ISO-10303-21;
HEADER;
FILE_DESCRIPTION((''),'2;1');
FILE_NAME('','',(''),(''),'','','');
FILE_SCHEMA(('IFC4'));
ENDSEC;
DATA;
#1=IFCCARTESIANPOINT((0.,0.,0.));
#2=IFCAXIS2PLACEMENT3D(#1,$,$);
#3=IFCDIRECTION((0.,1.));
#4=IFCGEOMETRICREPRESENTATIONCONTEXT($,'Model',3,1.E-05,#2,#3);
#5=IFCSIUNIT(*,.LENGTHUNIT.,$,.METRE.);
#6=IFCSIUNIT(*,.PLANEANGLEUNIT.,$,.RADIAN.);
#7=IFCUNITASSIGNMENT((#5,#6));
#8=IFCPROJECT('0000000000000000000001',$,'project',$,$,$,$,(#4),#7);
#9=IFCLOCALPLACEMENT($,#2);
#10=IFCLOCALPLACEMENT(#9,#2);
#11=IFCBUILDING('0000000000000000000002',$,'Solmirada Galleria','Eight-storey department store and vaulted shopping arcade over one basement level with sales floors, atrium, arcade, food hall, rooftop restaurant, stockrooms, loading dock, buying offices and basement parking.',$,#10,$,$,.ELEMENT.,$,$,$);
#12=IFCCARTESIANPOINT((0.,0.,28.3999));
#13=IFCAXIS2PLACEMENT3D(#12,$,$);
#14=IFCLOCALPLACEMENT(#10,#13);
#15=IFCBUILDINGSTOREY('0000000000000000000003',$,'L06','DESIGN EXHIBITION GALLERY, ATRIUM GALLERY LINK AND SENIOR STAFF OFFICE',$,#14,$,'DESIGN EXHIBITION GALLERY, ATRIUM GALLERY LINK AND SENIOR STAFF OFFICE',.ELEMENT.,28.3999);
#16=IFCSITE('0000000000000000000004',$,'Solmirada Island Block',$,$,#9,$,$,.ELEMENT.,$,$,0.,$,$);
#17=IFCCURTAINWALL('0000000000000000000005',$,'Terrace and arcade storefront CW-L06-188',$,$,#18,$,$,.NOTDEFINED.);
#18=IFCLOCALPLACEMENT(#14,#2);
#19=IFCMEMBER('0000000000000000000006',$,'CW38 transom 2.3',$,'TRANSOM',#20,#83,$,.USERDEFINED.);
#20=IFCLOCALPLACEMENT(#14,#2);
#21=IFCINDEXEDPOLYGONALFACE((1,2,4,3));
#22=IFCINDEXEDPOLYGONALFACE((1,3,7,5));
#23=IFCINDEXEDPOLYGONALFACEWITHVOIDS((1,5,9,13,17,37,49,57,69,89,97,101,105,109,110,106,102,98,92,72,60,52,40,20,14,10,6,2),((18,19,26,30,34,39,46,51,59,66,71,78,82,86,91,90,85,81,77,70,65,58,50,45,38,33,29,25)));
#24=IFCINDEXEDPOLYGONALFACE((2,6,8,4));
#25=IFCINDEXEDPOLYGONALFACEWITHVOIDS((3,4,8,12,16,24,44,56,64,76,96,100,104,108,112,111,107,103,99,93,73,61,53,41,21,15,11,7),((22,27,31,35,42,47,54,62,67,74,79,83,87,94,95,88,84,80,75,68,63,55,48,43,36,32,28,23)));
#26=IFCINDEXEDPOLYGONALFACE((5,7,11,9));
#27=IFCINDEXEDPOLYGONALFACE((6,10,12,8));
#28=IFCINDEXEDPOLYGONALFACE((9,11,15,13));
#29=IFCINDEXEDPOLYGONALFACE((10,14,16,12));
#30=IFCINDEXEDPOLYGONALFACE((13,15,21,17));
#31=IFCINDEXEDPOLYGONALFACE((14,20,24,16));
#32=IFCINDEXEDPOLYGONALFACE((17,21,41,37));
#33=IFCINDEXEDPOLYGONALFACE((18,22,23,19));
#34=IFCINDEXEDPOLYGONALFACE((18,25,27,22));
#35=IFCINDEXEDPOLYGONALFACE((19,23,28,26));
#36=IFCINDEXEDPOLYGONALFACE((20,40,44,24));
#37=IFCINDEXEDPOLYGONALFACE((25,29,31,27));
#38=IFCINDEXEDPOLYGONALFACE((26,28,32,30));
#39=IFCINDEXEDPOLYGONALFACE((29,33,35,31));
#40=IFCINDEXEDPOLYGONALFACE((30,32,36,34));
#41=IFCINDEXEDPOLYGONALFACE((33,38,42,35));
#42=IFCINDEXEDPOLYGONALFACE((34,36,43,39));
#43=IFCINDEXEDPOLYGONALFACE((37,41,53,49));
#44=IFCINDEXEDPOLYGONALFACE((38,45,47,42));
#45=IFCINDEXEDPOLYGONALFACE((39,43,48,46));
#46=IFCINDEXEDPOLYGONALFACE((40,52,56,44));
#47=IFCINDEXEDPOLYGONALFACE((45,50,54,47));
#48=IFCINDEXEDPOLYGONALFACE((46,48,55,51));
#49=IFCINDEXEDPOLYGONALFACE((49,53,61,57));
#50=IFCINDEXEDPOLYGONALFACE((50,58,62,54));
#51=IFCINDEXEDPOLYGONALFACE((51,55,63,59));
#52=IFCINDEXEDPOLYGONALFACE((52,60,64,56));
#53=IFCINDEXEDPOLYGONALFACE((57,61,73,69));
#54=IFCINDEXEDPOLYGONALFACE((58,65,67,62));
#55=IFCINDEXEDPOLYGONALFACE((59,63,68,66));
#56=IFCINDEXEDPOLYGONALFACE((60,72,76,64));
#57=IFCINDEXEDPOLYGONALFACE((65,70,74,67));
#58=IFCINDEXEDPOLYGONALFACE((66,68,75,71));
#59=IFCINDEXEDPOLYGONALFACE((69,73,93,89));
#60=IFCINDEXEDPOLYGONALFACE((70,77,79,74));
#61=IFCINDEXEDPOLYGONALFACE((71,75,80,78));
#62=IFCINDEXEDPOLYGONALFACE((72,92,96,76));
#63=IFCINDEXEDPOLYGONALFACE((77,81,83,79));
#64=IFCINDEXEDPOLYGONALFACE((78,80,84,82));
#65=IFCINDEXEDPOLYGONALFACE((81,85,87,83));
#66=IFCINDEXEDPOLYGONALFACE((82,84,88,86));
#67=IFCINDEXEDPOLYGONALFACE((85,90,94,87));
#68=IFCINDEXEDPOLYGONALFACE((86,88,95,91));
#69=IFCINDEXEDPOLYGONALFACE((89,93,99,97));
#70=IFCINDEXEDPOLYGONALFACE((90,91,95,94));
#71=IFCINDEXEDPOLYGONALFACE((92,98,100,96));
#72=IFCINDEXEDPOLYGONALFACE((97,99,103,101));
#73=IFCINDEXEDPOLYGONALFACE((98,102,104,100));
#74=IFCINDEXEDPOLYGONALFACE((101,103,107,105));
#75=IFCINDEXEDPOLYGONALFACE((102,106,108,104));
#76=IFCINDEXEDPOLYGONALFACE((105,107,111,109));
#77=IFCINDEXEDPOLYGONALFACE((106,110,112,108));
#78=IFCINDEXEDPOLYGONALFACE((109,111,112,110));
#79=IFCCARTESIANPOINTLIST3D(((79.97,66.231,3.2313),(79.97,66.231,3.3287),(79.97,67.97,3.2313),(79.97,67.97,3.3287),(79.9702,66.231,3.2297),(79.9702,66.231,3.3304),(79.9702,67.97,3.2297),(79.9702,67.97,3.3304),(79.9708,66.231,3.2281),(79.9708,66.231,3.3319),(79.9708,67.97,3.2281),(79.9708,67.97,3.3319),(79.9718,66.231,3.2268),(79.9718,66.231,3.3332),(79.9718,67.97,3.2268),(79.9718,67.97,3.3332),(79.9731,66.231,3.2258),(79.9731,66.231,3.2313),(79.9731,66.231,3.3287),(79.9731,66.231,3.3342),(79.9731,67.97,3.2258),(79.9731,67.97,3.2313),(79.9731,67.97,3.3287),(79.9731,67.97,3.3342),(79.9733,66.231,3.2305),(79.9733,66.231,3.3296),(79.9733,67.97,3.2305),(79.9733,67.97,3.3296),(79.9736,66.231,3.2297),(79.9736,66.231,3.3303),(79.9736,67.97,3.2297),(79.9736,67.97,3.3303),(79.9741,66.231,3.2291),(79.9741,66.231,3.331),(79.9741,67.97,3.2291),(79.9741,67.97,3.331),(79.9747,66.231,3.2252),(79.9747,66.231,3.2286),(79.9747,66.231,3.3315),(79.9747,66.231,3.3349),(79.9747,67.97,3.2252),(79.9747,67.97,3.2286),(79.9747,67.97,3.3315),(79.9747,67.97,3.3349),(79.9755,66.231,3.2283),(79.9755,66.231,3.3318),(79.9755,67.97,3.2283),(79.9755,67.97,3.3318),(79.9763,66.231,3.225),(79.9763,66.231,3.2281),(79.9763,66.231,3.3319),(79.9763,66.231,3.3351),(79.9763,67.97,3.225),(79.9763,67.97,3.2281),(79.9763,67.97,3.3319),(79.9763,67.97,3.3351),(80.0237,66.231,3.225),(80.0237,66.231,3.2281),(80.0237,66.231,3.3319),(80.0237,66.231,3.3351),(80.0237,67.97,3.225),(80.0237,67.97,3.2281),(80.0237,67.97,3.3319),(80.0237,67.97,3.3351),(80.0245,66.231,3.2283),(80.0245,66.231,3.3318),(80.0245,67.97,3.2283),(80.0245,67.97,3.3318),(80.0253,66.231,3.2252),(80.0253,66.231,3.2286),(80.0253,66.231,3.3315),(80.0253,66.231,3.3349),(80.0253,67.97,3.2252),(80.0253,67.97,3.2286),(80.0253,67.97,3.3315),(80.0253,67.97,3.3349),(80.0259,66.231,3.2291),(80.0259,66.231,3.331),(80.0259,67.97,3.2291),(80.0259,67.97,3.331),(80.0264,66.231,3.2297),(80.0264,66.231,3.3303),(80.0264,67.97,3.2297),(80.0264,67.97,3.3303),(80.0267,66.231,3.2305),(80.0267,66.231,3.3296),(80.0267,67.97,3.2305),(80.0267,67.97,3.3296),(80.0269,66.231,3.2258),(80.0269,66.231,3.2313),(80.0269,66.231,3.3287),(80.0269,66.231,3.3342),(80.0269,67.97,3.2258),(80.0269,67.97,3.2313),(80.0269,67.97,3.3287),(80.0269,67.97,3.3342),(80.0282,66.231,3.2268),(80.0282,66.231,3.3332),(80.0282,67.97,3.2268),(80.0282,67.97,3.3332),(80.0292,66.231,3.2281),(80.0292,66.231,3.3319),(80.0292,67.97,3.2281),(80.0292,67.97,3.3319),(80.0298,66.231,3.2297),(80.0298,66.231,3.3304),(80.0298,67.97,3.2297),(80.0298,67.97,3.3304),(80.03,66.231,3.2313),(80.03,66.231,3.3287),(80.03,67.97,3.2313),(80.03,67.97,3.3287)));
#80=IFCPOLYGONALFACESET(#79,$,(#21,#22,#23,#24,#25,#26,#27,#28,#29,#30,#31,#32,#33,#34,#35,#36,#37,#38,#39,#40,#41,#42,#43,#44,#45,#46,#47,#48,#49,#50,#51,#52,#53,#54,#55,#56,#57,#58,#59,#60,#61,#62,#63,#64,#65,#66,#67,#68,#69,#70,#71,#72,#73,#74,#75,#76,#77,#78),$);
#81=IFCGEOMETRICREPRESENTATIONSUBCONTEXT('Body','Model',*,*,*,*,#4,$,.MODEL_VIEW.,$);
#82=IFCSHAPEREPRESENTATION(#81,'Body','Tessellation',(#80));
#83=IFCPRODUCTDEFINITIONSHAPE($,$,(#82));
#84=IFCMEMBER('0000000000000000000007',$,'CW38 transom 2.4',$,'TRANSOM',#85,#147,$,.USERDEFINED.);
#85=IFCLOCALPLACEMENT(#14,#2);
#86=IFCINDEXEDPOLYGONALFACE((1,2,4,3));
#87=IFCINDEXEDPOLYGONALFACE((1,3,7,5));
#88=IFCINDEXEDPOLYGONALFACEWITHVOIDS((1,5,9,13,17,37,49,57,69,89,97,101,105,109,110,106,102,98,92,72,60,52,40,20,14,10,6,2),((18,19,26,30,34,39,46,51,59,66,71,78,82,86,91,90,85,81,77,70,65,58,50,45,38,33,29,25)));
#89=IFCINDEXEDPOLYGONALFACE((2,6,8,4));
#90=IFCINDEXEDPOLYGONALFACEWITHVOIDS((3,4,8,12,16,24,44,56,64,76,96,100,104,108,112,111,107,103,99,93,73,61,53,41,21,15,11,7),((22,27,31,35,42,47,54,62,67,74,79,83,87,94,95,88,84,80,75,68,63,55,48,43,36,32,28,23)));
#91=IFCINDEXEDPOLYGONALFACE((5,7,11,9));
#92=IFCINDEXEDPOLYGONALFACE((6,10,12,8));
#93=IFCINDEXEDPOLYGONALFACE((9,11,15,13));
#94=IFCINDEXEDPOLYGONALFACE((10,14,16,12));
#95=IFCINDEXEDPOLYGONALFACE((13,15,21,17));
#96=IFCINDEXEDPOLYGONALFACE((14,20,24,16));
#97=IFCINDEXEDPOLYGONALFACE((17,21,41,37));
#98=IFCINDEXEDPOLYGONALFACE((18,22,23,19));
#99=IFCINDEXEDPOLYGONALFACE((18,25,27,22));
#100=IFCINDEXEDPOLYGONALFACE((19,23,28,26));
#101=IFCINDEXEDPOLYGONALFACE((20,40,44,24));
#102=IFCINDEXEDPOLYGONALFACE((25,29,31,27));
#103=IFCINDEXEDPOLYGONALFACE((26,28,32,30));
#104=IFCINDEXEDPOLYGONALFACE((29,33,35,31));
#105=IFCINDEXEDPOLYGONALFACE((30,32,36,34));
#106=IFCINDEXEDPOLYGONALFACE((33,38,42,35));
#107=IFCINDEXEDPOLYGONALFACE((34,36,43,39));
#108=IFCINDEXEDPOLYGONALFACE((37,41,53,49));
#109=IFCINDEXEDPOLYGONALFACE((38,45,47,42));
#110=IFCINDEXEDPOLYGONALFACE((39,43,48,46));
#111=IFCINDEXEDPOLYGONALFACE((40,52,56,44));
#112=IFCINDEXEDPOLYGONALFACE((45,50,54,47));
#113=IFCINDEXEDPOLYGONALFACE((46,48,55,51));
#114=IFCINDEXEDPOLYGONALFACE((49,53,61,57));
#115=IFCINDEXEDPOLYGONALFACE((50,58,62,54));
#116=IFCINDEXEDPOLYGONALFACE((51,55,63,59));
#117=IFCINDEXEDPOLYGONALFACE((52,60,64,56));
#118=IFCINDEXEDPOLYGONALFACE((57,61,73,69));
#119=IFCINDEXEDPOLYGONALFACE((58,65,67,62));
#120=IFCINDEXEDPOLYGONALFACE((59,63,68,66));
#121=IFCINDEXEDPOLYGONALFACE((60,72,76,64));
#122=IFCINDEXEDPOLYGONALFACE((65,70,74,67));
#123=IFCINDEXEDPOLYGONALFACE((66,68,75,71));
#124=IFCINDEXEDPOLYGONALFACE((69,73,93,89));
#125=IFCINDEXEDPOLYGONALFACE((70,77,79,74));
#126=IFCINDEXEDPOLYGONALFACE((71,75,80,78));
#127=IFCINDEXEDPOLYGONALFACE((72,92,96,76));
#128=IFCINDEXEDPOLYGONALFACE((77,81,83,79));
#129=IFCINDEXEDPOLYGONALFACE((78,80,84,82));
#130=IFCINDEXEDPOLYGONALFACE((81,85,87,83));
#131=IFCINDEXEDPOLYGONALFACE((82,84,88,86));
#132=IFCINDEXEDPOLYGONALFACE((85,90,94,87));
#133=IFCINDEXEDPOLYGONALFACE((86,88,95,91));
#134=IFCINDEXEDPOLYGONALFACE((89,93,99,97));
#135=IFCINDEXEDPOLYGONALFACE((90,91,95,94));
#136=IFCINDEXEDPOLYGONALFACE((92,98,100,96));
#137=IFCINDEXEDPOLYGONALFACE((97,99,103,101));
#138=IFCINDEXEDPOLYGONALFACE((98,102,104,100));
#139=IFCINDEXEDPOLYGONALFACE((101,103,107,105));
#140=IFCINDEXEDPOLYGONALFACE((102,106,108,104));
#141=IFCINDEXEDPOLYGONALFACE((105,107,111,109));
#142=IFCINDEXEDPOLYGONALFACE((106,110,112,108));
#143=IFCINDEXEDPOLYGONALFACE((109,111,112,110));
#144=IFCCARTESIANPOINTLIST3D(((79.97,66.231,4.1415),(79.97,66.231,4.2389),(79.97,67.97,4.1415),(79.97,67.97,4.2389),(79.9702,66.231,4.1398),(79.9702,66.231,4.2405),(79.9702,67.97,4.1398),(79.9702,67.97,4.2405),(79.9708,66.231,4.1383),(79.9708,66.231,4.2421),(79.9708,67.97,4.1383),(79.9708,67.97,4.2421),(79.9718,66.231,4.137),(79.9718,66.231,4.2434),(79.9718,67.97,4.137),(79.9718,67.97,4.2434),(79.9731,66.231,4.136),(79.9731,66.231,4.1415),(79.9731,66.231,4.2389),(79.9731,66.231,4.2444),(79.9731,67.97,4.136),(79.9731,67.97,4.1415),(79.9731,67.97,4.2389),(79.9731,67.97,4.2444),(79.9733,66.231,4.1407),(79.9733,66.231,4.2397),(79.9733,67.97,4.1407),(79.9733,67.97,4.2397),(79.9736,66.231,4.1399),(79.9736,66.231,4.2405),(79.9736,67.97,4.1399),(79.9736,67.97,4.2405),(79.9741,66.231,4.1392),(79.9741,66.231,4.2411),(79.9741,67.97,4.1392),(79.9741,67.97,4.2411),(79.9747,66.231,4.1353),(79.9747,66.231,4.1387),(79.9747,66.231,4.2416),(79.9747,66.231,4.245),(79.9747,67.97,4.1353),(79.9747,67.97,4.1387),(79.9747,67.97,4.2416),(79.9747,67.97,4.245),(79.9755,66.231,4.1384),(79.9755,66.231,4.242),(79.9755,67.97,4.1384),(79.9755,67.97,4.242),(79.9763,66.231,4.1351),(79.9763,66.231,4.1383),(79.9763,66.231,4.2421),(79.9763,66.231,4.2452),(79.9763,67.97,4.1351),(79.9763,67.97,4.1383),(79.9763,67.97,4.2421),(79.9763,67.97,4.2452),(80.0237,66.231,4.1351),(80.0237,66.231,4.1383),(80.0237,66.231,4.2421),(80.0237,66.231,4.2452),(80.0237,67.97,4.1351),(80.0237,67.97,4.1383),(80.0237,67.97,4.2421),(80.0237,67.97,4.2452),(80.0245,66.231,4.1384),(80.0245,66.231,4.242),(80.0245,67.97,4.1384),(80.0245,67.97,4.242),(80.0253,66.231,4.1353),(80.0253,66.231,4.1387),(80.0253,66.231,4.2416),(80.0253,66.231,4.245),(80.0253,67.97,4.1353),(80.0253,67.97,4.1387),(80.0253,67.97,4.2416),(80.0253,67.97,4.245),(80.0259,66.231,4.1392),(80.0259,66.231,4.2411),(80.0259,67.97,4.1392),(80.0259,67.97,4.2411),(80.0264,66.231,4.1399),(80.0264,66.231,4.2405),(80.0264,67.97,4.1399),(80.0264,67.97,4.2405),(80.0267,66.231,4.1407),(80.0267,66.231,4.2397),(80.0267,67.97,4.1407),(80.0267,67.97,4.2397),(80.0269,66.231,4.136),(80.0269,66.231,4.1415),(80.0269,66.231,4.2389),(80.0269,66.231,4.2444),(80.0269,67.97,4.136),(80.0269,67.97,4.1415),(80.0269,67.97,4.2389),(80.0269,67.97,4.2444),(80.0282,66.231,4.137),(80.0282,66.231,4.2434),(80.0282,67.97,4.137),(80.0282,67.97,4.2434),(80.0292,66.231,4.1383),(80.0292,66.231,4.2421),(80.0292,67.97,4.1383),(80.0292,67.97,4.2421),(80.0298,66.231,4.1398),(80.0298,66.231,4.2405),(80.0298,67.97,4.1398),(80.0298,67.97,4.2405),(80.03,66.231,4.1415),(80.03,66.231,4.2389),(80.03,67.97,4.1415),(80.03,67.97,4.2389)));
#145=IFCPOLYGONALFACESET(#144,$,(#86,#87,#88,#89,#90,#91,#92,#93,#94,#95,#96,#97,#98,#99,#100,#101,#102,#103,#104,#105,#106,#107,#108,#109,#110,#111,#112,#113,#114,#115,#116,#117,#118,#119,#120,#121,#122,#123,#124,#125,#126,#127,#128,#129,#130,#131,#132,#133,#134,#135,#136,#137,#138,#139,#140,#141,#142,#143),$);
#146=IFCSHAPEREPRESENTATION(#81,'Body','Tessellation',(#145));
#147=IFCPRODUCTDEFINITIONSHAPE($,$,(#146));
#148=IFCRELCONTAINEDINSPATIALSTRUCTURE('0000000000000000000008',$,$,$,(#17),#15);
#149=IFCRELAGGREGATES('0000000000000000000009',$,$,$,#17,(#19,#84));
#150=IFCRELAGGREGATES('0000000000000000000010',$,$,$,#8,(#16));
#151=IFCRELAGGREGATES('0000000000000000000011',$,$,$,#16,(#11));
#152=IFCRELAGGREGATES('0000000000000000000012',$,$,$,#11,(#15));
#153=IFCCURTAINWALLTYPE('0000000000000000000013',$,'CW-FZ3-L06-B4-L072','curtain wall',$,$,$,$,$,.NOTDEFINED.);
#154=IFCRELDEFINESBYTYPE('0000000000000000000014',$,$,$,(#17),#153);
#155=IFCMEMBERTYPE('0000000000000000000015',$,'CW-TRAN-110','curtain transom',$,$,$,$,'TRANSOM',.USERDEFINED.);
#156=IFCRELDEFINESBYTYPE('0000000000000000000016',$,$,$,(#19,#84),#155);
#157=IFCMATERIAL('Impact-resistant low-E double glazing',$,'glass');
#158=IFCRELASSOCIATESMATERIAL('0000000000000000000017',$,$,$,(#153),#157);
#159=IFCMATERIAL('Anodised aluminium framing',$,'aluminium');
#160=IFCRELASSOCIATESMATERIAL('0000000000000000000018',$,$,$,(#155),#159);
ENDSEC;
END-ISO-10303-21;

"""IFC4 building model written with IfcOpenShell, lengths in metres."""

from ifc_helpers import new_model, si_unit, direction, frame, origin, origin_2d, place, context, subcontext, project, spatial, hollow_rectangle, extrude, material, material_profile, profile_set, type_object, element, aggregate, save


model = new_model("IFC4")

# Units and contexts
model_context = context("Model", 3, precision=1e-05, world=origin(), true_north=direction((0.0, 1.0)))
body_context = subcontext(model_context, "Body", "Model", "MODEL_VIEW")
ifc_project = project(units=[si_unit("LENGTHUNIT", "METRE"), si_unit("PLANEANGLEUNIT", "RADIAN")], contexts=[model_context])

# Site, building, storey
site_placement = place(None, origin())
site = spatial("IfcSite", under=ifc_project, at=site_placement, Name="Solmirada Island Block", CompositionType="ELEMENT", RefElevation=0.0)
building_placement = place(site_placement, origin())
building = spatial("IfcBuilding", under=site, at=building_placement, Name="Solmirada Galleria", Description="Eight-storey department store and vaulted shopping arcade over one basement level with sales floors, atrium, arcade, food hall, rooftop restaurant, stockrooms, loading dock, buying offices and basement parking.", CompositionType="ELEMENT")
storey_placement = place(building_placement, frame((0.0, 0.0, 28.3999)))
storey = spatial("IfcBuildingStorey", under=building, at=storey_placement, Name="L06", Description="DESIGN EXHIBITION GALLERY, ATRIUM GALLERY LINK AND SENIOR STAFF OFFICE", LongName="DESIGN EXHIBITION GALLERY, ATRIUM GALLERY LINK AND SENIOR STAFF OFFICE", CompositionType="ELEMENT", Elevation=28.3999)

# Shared definitions
ifc_material_1 = material(Name="Impact-resistant low-E double glazing", Category="glass")
curtain_wall_type = type_object("IfcCurtainWallType", Name="CW-FZ3-L06-B4-L072", Description="curtain wall", PredefinedType="NOTDEFINED", material=ifc_material_1)
ifc_material_2 = material(Name="Anodised aluminium framing", Category="aluminium")

# Curtain wall
curtain_wall_1_placement = place(storey_placement, origin())
curtain_wall_1 = element("IfcCurtainWall", 1, at=curtain_wall_1_placement, inside=storey, type_object=curtain_wall_type, Name="Terrace and arcade storefront CW-L06-188", PredefinedType="NOTDEFINED")

# Members
ifc_material_profile_1 = material_profile(ifc_material_2, hollow_rectangle(XDim=0.0601, YDim=0.1101, WallThickness=0.0032, InnerFilletRadius=0.0032, OuterFilletRadius=0.0063, at=origin_2d()), Name="ALU-TRAN-110X60")
ifc_profile_set_1 = profile_set([ifc_material_profile_1], Name="Anodised aluminium framing")
member_type_1 = type_object("IfcMemberType", Name="CW-TRAN-110", Description="curtain transom", ElementType="TRANSOM", PredefinedType="USERDEFINED", material=ifc_profile_set_1)
member_1_placement = place(storey_placement, frame((80.0, 66.231, 3.28), z_axis=(0.0, 1.0, 0.0), x_axis=(-1.0, 0.0, 0.0)))
member_1 = element("IfcMember", 2, at=member_1_placement, type_object=member_type_1, Name="CW38 transom 2.3", ObjectType="TRANSOM", PredefinedType="USERDEFINED", context=body_context, shape_type="SweptSolid", body=[
    extrude(hollow_rectangle(XDim=0.0601, YDim=0.1101, WallThickness=0.0032, InnerFilletRadius=0.0032, OuterFilletRadius=0.0063, at=origin_2d()), origin(), (0.0, 0.0, 1.0), 1.739),
])
member_2_placement = place(storey_placement, frame((80.0, 66.231, 4.1902), z_axis=(0.0, 1.0, 0.0), x_axis=(-1.0, 0.0, 0.0)))
member_2 = element("IfcMember", 3, at=member_2_placement, type_object=member_type_1, Name="CW38 transom 2.4", ObjectType="TRANSOM", PredefinedType="USERDEFINED", context=body_context, shape_type="SweptSolid", body=[
    extrude(hollow_rectangle(XDim=0.0601, YDim=0.1101, WallThickness=0.0032, InnerFilletRadius=0.0032, OuterFilletRadius=0.0063, at=origin_2d()), origin(), (0.0, 0.0, 1.0), 1.739),
])

aggregate(curtain_wall_1, [member_1, member_2])

save(model, "model.ifc")
